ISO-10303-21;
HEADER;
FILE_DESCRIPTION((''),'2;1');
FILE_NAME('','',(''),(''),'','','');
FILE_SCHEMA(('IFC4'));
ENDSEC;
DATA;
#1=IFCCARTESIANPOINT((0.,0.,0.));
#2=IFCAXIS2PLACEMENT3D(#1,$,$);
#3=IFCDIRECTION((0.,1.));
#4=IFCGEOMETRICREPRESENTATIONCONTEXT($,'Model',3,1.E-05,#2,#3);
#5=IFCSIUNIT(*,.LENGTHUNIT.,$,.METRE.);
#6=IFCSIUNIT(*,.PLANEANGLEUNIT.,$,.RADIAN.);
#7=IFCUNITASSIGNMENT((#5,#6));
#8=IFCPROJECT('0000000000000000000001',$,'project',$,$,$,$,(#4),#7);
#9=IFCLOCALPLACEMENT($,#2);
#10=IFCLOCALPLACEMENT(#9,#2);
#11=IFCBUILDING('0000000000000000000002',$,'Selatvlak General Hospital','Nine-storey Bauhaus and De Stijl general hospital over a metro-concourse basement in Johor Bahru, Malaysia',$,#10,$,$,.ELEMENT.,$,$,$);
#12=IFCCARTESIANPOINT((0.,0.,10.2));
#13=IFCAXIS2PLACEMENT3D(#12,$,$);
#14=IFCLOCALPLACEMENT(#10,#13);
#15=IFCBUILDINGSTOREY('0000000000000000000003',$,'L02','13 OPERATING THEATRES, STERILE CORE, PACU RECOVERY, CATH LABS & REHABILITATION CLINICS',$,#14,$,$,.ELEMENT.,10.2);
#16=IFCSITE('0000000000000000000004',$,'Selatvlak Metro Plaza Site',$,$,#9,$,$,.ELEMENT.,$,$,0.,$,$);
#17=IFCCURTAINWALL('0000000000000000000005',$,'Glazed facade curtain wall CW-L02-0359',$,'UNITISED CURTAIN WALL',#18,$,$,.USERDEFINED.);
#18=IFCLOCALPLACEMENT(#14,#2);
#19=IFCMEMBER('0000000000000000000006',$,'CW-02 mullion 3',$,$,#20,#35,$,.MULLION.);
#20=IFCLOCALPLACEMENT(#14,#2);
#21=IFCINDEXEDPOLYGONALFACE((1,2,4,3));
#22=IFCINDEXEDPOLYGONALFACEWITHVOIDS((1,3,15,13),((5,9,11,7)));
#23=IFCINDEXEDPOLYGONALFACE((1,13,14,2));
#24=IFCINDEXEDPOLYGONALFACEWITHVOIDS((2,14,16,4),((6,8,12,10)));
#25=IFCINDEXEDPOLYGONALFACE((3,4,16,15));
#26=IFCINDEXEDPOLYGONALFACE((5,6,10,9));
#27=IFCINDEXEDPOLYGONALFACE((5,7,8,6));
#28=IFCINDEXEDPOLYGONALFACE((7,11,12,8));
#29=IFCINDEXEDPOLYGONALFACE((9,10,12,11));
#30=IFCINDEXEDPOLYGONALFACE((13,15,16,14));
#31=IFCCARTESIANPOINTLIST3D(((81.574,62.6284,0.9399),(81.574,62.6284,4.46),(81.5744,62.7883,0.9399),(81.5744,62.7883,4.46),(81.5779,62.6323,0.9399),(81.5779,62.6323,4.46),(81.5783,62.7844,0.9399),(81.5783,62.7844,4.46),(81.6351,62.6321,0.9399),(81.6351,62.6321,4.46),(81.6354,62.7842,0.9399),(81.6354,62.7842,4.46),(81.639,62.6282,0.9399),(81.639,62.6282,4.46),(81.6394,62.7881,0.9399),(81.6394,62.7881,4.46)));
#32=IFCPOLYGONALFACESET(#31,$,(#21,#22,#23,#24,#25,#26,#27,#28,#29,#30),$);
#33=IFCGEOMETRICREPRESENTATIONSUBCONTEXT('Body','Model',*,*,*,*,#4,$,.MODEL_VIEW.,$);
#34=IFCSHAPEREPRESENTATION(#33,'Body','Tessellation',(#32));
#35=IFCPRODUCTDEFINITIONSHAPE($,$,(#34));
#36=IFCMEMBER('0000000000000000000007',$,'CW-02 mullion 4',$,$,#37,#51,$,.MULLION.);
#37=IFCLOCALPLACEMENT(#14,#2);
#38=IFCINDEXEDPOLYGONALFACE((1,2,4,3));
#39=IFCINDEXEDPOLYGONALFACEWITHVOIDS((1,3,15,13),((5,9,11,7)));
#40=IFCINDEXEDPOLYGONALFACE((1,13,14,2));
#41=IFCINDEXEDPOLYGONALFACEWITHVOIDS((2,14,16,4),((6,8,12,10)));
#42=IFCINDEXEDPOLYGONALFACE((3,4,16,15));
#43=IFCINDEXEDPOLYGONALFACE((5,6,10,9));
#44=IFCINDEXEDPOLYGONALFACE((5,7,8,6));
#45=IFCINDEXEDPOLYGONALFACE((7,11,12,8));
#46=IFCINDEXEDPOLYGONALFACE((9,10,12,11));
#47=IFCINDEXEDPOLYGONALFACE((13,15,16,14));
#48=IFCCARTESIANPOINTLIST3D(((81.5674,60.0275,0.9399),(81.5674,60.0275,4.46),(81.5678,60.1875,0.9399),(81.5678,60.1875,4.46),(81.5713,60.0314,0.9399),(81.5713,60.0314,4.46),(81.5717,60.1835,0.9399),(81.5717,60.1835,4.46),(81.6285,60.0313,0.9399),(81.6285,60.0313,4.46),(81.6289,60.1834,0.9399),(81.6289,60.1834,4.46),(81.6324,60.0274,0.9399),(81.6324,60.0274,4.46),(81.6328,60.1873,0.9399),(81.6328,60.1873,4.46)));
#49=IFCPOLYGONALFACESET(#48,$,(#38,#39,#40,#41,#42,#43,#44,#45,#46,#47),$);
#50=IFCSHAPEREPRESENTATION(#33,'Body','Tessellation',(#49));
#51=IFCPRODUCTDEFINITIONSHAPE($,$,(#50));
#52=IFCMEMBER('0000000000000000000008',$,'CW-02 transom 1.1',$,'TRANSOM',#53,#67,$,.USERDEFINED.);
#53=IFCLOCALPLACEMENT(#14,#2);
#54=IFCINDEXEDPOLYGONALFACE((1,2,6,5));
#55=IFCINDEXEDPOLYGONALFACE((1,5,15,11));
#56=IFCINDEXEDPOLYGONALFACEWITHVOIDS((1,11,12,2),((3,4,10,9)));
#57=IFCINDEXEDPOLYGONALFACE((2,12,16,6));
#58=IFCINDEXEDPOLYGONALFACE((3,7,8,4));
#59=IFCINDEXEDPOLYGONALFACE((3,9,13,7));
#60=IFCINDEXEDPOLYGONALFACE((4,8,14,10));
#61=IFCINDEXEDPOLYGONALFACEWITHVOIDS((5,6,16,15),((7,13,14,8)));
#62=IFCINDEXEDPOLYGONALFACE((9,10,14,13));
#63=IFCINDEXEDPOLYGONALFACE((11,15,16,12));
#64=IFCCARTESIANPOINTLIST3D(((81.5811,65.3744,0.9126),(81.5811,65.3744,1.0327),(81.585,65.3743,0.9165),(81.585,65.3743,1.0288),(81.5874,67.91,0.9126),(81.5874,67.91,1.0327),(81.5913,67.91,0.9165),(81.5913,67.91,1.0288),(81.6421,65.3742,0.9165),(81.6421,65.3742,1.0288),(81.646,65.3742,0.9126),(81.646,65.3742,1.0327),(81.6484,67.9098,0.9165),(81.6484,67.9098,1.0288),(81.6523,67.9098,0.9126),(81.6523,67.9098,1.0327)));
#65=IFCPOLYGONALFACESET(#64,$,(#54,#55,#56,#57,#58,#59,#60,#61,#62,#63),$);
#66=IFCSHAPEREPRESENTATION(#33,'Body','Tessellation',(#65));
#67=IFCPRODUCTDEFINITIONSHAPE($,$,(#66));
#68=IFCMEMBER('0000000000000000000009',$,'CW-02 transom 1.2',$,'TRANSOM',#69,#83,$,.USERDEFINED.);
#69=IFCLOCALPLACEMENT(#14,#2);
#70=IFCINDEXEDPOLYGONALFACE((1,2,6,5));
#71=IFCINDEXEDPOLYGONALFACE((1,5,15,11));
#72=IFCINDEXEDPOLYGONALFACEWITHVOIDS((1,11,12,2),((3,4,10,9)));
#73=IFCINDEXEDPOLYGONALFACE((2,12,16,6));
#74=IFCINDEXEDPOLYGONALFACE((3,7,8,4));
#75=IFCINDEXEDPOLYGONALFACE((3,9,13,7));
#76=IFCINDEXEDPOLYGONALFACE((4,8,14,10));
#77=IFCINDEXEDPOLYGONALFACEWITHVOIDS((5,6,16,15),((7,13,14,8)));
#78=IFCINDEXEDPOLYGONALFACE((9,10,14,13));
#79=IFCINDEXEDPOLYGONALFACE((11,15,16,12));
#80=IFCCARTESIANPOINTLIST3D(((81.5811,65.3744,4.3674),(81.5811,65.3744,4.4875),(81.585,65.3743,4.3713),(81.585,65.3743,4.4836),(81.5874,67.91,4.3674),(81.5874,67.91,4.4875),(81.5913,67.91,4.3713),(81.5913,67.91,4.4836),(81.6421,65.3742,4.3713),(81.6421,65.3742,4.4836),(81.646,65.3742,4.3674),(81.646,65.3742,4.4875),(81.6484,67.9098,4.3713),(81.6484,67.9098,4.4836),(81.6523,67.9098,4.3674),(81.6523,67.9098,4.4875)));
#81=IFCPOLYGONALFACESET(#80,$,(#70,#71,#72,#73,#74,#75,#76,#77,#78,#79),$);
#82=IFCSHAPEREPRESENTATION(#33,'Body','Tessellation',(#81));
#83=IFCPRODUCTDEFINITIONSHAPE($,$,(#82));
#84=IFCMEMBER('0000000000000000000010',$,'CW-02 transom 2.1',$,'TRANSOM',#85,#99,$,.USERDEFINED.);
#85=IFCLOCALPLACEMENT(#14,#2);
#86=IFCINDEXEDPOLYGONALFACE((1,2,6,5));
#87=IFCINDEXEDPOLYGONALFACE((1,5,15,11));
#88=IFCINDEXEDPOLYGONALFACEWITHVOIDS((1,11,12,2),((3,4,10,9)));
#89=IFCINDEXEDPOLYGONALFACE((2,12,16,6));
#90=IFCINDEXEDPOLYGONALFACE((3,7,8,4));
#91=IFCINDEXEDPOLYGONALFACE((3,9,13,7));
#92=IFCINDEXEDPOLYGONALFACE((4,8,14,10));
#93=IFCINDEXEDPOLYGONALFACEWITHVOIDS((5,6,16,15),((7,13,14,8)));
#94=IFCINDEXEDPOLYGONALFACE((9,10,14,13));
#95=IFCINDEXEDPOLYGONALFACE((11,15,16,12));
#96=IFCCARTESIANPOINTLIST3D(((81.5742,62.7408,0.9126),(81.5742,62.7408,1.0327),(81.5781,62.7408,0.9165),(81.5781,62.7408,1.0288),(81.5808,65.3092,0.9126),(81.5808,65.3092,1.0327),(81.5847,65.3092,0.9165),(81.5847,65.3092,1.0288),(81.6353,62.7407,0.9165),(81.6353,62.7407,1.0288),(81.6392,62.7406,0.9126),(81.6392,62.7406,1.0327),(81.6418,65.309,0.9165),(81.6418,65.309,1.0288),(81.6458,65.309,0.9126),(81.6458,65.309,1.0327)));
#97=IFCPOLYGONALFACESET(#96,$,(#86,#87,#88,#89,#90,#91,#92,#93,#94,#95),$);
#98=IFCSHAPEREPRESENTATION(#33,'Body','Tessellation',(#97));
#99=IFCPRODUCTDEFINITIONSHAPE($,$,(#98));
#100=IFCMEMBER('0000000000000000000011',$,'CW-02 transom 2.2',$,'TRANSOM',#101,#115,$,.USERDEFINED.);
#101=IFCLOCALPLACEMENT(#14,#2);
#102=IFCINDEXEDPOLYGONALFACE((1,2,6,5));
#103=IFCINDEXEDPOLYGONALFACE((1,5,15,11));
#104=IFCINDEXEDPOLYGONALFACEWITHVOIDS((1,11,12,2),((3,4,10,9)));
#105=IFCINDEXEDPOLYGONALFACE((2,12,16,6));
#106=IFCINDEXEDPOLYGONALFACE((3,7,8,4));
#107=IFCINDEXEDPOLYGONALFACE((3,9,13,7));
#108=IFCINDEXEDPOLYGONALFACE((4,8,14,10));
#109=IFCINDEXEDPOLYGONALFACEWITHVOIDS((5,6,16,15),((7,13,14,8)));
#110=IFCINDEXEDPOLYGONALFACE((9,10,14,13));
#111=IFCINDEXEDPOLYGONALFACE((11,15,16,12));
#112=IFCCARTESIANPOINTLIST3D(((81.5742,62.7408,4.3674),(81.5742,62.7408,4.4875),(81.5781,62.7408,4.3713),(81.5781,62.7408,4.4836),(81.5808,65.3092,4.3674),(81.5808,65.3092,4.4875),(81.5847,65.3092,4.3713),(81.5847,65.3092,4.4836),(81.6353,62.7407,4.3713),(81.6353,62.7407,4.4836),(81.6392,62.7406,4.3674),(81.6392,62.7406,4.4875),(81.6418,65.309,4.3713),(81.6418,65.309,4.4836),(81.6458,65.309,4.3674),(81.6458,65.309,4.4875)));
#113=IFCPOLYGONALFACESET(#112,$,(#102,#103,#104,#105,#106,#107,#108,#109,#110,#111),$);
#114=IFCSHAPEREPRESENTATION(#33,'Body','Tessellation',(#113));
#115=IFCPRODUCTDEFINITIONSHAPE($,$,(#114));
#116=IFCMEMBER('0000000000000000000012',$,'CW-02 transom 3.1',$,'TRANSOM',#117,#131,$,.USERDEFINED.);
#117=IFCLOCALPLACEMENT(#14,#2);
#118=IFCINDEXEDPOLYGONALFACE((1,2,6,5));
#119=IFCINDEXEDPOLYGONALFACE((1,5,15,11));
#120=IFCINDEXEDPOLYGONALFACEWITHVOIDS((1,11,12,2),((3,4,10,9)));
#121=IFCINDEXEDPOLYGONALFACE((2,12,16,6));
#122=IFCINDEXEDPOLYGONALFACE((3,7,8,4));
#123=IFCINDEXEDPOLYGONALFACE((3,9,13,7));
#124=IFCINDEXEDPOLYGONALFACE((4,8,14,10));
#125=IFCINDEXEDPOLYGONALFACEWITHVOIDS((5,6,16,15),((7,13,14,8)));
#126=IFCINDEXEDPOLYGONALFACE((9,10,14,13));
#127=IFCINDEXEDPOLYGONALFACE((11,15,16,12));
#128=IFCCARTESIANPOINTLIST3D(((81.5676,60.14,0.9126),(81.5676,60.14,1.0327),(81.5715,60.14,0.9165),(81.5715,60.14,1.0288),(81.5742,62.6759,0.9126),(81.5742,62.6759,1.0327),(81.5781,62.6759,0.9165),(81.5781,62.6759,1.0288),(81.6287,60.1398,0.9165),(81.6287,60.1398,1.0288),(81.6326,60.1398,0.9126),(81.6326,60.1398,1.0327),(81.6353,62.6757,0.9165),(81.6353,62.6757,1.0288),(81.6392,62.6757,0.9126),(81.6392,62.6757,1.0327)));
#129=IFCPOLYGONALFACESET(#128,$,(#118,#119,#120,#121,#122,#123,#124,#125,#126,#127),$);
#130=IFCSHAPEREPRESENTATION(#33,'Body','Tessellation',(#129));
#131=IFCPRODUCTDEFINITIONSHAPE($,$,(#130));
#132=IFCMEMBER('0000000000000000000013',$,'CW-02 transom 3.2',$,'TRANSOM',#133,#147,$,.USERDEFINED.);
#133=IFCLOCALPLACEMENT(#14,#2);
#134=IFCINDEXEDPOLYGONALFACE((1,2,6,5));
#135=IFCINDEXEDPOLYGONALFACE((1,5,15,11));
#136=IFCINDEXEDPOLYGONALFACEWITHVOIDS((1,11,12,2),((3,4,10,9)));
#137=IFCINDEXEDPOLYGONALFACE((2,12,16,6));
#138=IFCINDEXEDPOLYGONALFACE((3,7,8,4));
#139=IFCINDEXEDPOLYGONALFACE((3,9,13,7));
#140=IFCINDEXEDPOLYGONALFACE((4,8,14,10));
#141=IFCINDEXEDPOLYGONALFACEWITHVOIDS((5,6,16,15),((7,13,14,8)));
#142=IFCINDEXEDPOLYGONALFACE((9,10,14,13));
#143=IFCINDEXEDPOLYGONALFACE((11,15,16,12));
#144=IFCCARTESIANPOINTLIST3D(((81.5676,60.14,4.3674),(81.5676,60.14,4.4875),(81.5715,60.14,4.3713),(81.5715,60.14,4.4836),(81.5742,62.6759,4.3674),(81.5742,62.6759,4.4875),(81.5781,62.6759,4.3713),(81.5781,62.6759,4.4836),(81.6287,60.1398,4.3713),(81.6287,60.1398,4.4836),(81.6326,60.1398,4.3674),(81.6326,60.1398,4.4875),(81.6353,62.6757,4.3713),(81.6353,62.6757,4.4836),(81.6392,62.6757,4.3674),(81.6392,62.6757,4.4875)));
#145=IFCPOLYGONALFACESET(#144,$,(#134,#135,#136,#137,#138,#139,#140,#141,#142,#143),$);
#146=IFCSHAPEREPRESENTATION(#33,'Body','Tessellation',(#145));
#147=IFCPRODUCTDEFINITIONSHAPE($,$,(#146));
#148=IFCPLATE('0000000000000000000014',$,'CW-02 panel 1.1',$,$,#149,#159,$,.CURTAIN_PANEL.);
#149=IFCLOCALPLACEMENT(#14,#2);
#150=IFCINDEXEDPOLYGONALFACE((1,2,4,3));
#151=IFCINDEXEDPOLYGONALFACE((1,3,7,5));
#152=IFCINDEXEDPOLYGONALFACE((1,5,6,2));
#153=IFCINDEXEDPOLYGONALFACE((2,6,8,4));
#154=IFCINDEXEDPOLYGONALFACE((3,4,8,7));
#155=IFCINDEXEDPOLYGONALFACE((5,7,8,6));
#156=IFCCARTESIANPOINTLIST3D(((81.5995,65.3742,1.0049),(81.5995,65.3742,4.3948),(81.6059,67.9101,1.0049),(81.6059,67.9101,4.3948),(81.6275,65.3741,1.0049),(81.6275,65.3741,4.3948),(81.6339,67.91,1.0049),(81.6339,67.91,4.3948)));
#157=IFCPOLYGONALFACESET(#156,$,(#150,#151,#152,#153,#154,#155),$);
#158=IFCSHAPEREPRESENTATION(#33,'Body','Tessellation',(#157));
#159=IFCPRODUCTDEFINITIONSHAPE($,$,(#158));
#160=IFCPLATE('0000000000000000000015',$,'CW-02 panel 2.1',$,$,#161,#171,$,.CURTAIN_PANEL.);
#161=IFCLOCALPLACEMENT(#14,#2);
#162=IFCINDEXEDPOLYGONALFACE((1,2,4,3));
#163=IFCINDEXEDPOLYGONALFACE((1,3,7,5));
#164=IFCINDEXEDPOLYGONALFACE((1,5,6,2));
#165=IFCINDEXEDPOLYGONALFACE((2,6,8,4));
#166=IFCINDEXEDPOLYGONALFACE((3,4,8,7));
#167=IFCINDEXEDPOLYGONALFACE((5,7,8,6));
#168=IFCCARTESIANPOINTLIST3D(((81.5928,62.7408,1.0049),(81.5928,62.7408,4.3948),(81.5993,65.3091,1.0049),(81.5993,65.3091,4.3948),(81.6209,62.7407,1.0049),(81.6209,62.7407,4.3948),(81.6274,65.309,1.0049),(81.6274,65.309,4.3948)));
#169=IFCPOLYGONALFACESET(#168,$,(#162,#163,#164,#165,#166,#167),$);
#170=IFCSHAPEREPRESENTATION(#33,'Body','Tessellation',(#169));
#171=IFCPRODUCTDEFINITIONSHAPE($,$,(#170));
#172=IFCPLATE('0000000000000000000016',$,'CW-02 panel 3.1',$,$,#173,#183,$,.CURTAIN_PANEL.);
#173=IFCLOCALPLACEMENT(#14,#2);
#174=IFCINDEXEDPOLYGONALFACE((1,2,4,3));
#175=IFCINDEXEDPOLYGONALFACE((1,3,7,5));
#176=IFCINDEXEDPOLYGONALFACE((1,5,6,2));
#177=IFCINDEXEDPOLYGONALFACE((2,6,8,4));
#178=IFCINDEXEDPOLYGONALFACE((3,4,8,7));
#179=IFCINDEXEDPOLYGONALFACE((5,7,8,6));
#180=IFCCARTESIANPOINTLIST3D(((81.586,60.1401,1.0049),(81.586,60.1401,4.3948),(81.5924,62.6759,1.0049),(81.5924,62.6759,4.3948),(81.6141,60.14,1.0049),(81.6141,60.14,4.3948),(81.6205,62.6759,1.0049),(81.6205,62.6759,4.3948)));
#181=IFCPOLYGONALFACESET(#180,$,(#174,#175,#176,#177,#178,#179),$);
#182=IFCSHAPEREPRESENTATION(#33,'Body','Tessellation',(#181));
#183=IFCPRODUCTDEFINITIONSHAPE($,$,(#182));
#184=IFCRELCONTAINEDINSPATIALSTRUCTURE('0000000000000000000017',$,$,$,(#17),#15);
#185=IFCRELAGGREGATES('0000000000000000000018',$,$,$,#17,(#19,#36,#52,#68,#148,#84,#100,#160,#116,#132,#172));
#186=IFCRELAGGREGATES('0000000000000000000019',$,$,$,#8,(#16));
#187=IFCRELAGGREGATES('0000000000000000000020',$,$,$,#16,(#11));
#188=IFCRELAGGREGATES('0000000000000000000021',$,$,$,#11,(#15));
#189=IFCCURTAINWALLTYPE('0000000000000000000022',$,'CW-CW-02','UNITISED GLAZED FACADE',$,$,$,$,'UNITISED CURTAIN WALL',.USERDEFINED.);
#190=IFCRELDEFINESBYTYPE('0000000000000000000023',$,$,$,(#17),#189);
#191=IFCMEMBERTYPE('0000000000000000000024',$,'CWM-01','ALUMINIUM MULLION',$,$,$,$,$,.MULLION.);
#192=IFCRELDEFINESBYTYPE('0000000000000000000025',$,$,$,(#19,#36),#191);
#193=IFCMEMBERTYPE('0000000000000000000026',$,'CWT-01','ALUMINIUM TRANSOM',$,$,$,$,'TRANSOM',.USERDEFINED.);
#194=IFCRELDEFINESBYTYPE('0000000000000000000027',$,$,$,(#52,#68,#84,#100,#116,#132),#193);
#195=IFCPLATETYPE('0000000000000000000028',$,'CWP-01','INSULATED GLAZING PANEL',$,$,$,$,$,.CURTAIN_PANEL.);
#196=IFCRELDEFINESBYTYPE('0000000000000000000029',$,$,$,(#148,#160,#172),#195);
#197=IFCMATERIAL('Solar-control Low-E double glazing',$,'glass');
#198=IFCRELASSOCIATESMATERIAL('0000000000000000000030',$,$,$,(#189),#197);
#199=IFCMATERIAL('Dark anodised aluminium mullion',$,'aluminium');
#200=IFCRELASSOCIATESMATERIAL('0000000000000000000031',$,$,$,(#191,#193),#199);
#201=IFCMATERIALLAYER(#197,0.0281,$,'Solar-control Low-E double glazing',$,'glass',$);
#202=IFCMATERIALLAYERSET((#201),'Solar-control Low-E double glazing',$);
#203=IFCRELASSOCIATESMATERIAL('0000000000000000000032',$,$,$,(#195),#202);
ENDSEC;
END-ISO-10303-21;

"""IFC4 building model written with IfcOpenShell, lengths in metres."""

from ifc_helpers import new_model, si_unit, direction, frame, origin, origin_2d, place, context, subcontext, project, spatial, rectangle, hollow_rectangle, extrude, material, layer, layer_set, material_profile, profile_set, type_object, element, aggregate, save


model = new_model("IFC4")

# Units and contexts
model_context = context("Model", 3, precision=1e-05, world=origin(), true_north=direction((0.0, 1.0)))
body_context = subcontext(model_context, "Body", "Model", "MODEL_VIEW")
ifc_project = project(units=[si_unit("LENGTHUNIT", "METRE"), si_unit("PLANEANGLEUNIT", "RADIAN")], contexts=[model_context])

# Site, building, storey
site_placement = place(None, origin())
site = spatial("IfcSite", under=ifc_project, at=site_placement, Name="Selatvlak Metro Plaza Site", CompositionType="ELEMENT", RefElevation=0.0)
building_placement = place(site_placement, origin())
building = spatial("IfcBuilding", under=site, at=building_placement, Name="Selatvlak General Hospital", Description="Nine-storey Bauhaus and De Stijl general hospital over a metro-concourse basement in Johor Bahru, Malaysia", CompositionType="ELEMENT")
storey_placement = place(building_placement, frame((0.0, 0.0, 10.2)))
storey = spatial("IfcBuildingStorey", under=building, at=storey_placement, Name="L02", Description="13 OPERATING THEATRES, STERILE CORE, PACU RECOVERY, CATH LABS & REHABILITATION CLINICS", CompositionType="ELEMENT", Elevation=10.2)

# Curtain wall, members, plates
ifc_material_1 = material(Name="Solar-control Low-E double glazing", Category="glass")
curtain_wall_type = type_object("IfcCurtainWallType", Name="CW-CW-02", Description="UNITISED GLAZED FACADE", ElementType="UNITISED CURTAIN WALL", PredefinedType="USERDEFINED", material=ifc_material_1)
curtain_wall_placement = place(storey_placement, origin())
curtain_wall = element("IfcCurtainWall", 1, at=curtain_wall_placement, inside=storey, type_object=curtain_wall_type, Name="Glazed facade curtain wall CW-L02-0359", ObjectType="UNITISED CURTAIN WALL", PredefinedType="USERDEFINED")
ifc_material_2 = material(Name="Dark anodised aluminium mullion", Category="aluminium")
ifc_material_profile_1 = material_profile(ifc_material_2, hollow_rectangle(XDim=0.0649, YDim=0.1599, WallThickness=0.0039, at=origin_2d()), Name="AL-MUL 65x160x4")
ifc_profile_set_1 = profile_set([ifc_material_profile_1], Name="Dark anodised aluminium mullion")
member_type_1 = type_object("IfcMemberType", Name="CWM-01", Description="ALUMINIUM MULLION", PredefinedType="MULLION", material=ifc_profile_set_1)
member_1_placement = place(storey_placement, frame((81.6067, 62.7083, 0.9399), z_axis=(0.0, 0.0, 1.0), x_axis=(0.999997, -0.002532, 0.0)))
member_1 = element("IfcMember", 2, at=member_1_placement, type_object=member_type_1, Name="CW-02 mullion 3", PredefinedType="MULLION", context=body_context, shape_type="SweptSolid", body=[
    extrude(hollow_rectangle(XDim=0.0649, YDim=0.1599, WallThickness=0.0039, at=origin_2d()), origin(), (0.0, 0.0, 1.0), 3.52),
])
member_2_placement = place(storey_placement, frame((81.6001, 60.1074, 0.9399), z_axis=(0.0, 0.0, 1.0), x_axis=(0.999997, -0.002532, 0.0)))
member_2 = element("IfcMember", 3, at=member_2_placement, type_object=member_type_1, Name="CW-02 mullion 4", PredefinedType="MULLION", context=body_context, shape_type="SweptSolid", body=[
    extrude(hollow_rectangle(XDim=0.0649, YDim=0.1599, WallThickness=0.0039, at=origin_2d()), origin(), (0.0, 0.0, 1.0), 3.52),
])
ifc_material_profile_2 = material_profile(ifc_material_2, hollow_rectangle(XDim=0.0649, YDim=0.1201, WallThickness=0.0039, at=origin_2d()), Name="AL-TRN 65x120x4")
ifc_profile_set_2 = profile_set([ifc_material_profile_2], Name="Dark anodised aluminium mullion")
member_type_2 = type_object("IfcMemberType", Name="CWT-01", Description="ALUMINIUM TRANSOM", ElementType="TRANSOM", PredefinedType="USERDEFINED", material=ifc_profile_set_2)
member_3_placement = place(storey_placement, frame((81.6199, 67.9099, 0.9727), z_axis=(-0.002503, -0.999997, 0.0), x_axis=(0.999997, -0.002503, 0.0)))
member_3 = element("IfcMember", 4, at=member_3_placement, type_object=member_type_2, Name="CW-02 transom 1.1", ObjectType="TRANSOM", PredefinedType="USERDEFINED", context=body_context, shape_type="SweptSolid", body=[
    extrude(hollow_rectangle(XDim=0.0649, YDim=0.1201, WallThickness=0.0039, at=origin_2d()), origin(), (0.0, 0.0, 1.0), 2.5356),
])
member_4_placement = place(storey_placement, frame((81.6199, 67.9099, 4.4275), z_axis=(-0.002503, -0.999997, 0.0), x_axis=(0.999997, -0.002503, 0.0)))
member_4 = element("IfcMember", 5, at=member_4_placement, type_object=member_type_2, Name="CW-02 transom 1.2", ObjectType="TRANSOM", PredefinedType="USERDEFINED", context=body_context, shape_type="SweptSolid", body=[
    extrude(hollow_rectangle(XDim=0.0649, YDim=0.1201, WallThickness=0.0039, at=origin_2d()), origin(), (0.0, 0.0, 1.0), 2.5356),
])
member_5_placement = place(storey_placement, frame((81.6133, 65.3091, 0.9727), z_axis=(-0.002567, -0.999997, 0.0), x_axis=(0.999997, -0.002567, 0.0)))
member_5 = element("IfcMember", 6, at=member_5_placement, type_object=member_type_2, Name="CW-02 transom 2.1", ObjectType="TRANSOM", PredefinedType="USERDEFINED", context=body_context, shape_type="SweptSolid", body=[
    extrude(hollow_rectangle(XDim=0.0649, YDim=0.1201, WallThickness=0.0039, at=origin_2d()), origin(), (0.0, 0.0, 1.0), 2.5684),
])
member_6_placement = place(storey_placement, frame((81.6133, 65.3091, 4.4275), z_axis=(-0.002567, -0.999997, 0.0), x_axis=(0.999997, -0.002567, 0.0)))
member_6 = element("IfcMember", 7, at=member_6_placement, type_object=member_type_2, Name="CW-02 transom 2.2", ObjectType="TRANSOM", PredefinedType="USERDEFINED", context=body_context, shape_type="SweptSolid", body=[
    extrude(hollow_rectangle(XDim=0.0649, YDim=0.1201, WallThickness=0.0039, at=origin_2d()), origin(), (0.0, 0.0, 1.0), 2.5684),
])
member_7_placement = place(storey_placement, frame((81.6067, 62.6758, 0.9727), z_axis=(-0.002599, -0.999997, 0.0), x_axis=(0.999997, -0.002599, 0.0)))
member_7 = element("IfcMember", 8, at=member_7_placement, type_object=member_type_2, Name="CW-02 transom 3.1", ObjectType="TRANSOM", PredefinedType="USERDEFINED", context=body_context, shape_type="SweptSolid", body=[
    extrude(hollow_rectangle(XDim=0.0649, YDim=0.1201, WallThickness=0.0039, at=origin_2d()), origin(), (0.0, 0.0, 1.0), 2.5359),
])
member_8_placement = place(storey_placement, frame((81.6067, 62.6758, 4.4275), z_axis=(-0.002599, -0.999997, 0.0), x_axis=(0.999997, -0.002599, 0.0)))
member_8 = element("IfcMember", 9, at=member_8_placement, type_object=member_type_2, Name="CW-02 transom 3.2", ObjectType="TRANSOM", PredefinedType="USERDEFINED", context=body_context, shape_type="SweptSolid", body=[
    extrude(hollow_rectangle(XDim=0.0649, YDim=0.1201, WallThickness=0.0039, at=origin_2d()), origin(), (0.0, 0.0, 1.0), 2.5359),
])
ifc_layer_1 = layer(ifc_material_1, 0.0281, Name="Solar-control Low-E double glazing", Category="glass")
ifc_layer_set_1 = layer_set([ifc_layer_1], Name="Solar-control Low-E double glazing")
plate_type_1 = type_object("IfcPlateType", Name="CWP-01", Description="INSULATED GLAZING PANEL", PredefinedType="CURTAIN_PANEL", material=ifc_layer_set_1)
plate_1_placement = place(storey_placement, frame((81.6167, 66.6421, 1.0049), z_axis=(0.0, 0.0, 1.0), x_axis=(-0.002532, -0.999997, 0.0)))
plate_1 = element("IfcPlate", 10, at=plate_1_placement, type_object=plate_type_1, Name="CW-02 panel 1.1", PredefinedType="CURTAIN_PANEL", context=body_context, shape_type="SweptSolid", body=[
    extrude(rectangle(XDim=2.5359, YDim=0.0281, at=origin_2d()), origin(), (0.0, 0.0, 1.0), 3.3899),
])
plate_2_placement = place(storey_placement, frame((81.6101, 64.0249, 1.0049), z_axis=(0.0, 0.0, 1.0), x_axis=(-0.002532, -0.999997, 0.0)))
plate_2 = element("IfcPlate", 11, at=plate_2_placement, type_object=plate_type_1, Name="CW-02 panel 2.1", PredefinedType="CURTAIN_PANEL", context=body_context, shape_type="SweptSolid", body=[
    extrude(rectangle(XDim=2.5684, YDim=0.0281, at=origin_2d()), origin(), (0.0, 0.0, 1.0), 3.3899),
])
plate_3_placement = place(storey_placement, frame((81.6033, 61.408, 1.0049), z_axis=(0.0, 0.0, 1.0), x_axis=(-0.002532, -0.999997, 0.0)))
plate_3 = element("IfcPlate", 12, at=plate_3_placement, type_object=plate_type_1, Name="CW-02 panel 3.1", PredefinedType="CURTAIN_PANEL", context=body_context, shape_type="SweptSolid", body=[
    extrude(rectangle(XDim=2.5359, YDim=0.0281, at=origin_2d()), origin(), (0.0, 0.0, 1.0), 3.3899),
])
aggregate(curtain_wall, [member_1, member_2, member_3, member_4, plate_1, member_5, member_6, plate_2, member_7, member_8, plate_3])

save(model, "model.ifc")
